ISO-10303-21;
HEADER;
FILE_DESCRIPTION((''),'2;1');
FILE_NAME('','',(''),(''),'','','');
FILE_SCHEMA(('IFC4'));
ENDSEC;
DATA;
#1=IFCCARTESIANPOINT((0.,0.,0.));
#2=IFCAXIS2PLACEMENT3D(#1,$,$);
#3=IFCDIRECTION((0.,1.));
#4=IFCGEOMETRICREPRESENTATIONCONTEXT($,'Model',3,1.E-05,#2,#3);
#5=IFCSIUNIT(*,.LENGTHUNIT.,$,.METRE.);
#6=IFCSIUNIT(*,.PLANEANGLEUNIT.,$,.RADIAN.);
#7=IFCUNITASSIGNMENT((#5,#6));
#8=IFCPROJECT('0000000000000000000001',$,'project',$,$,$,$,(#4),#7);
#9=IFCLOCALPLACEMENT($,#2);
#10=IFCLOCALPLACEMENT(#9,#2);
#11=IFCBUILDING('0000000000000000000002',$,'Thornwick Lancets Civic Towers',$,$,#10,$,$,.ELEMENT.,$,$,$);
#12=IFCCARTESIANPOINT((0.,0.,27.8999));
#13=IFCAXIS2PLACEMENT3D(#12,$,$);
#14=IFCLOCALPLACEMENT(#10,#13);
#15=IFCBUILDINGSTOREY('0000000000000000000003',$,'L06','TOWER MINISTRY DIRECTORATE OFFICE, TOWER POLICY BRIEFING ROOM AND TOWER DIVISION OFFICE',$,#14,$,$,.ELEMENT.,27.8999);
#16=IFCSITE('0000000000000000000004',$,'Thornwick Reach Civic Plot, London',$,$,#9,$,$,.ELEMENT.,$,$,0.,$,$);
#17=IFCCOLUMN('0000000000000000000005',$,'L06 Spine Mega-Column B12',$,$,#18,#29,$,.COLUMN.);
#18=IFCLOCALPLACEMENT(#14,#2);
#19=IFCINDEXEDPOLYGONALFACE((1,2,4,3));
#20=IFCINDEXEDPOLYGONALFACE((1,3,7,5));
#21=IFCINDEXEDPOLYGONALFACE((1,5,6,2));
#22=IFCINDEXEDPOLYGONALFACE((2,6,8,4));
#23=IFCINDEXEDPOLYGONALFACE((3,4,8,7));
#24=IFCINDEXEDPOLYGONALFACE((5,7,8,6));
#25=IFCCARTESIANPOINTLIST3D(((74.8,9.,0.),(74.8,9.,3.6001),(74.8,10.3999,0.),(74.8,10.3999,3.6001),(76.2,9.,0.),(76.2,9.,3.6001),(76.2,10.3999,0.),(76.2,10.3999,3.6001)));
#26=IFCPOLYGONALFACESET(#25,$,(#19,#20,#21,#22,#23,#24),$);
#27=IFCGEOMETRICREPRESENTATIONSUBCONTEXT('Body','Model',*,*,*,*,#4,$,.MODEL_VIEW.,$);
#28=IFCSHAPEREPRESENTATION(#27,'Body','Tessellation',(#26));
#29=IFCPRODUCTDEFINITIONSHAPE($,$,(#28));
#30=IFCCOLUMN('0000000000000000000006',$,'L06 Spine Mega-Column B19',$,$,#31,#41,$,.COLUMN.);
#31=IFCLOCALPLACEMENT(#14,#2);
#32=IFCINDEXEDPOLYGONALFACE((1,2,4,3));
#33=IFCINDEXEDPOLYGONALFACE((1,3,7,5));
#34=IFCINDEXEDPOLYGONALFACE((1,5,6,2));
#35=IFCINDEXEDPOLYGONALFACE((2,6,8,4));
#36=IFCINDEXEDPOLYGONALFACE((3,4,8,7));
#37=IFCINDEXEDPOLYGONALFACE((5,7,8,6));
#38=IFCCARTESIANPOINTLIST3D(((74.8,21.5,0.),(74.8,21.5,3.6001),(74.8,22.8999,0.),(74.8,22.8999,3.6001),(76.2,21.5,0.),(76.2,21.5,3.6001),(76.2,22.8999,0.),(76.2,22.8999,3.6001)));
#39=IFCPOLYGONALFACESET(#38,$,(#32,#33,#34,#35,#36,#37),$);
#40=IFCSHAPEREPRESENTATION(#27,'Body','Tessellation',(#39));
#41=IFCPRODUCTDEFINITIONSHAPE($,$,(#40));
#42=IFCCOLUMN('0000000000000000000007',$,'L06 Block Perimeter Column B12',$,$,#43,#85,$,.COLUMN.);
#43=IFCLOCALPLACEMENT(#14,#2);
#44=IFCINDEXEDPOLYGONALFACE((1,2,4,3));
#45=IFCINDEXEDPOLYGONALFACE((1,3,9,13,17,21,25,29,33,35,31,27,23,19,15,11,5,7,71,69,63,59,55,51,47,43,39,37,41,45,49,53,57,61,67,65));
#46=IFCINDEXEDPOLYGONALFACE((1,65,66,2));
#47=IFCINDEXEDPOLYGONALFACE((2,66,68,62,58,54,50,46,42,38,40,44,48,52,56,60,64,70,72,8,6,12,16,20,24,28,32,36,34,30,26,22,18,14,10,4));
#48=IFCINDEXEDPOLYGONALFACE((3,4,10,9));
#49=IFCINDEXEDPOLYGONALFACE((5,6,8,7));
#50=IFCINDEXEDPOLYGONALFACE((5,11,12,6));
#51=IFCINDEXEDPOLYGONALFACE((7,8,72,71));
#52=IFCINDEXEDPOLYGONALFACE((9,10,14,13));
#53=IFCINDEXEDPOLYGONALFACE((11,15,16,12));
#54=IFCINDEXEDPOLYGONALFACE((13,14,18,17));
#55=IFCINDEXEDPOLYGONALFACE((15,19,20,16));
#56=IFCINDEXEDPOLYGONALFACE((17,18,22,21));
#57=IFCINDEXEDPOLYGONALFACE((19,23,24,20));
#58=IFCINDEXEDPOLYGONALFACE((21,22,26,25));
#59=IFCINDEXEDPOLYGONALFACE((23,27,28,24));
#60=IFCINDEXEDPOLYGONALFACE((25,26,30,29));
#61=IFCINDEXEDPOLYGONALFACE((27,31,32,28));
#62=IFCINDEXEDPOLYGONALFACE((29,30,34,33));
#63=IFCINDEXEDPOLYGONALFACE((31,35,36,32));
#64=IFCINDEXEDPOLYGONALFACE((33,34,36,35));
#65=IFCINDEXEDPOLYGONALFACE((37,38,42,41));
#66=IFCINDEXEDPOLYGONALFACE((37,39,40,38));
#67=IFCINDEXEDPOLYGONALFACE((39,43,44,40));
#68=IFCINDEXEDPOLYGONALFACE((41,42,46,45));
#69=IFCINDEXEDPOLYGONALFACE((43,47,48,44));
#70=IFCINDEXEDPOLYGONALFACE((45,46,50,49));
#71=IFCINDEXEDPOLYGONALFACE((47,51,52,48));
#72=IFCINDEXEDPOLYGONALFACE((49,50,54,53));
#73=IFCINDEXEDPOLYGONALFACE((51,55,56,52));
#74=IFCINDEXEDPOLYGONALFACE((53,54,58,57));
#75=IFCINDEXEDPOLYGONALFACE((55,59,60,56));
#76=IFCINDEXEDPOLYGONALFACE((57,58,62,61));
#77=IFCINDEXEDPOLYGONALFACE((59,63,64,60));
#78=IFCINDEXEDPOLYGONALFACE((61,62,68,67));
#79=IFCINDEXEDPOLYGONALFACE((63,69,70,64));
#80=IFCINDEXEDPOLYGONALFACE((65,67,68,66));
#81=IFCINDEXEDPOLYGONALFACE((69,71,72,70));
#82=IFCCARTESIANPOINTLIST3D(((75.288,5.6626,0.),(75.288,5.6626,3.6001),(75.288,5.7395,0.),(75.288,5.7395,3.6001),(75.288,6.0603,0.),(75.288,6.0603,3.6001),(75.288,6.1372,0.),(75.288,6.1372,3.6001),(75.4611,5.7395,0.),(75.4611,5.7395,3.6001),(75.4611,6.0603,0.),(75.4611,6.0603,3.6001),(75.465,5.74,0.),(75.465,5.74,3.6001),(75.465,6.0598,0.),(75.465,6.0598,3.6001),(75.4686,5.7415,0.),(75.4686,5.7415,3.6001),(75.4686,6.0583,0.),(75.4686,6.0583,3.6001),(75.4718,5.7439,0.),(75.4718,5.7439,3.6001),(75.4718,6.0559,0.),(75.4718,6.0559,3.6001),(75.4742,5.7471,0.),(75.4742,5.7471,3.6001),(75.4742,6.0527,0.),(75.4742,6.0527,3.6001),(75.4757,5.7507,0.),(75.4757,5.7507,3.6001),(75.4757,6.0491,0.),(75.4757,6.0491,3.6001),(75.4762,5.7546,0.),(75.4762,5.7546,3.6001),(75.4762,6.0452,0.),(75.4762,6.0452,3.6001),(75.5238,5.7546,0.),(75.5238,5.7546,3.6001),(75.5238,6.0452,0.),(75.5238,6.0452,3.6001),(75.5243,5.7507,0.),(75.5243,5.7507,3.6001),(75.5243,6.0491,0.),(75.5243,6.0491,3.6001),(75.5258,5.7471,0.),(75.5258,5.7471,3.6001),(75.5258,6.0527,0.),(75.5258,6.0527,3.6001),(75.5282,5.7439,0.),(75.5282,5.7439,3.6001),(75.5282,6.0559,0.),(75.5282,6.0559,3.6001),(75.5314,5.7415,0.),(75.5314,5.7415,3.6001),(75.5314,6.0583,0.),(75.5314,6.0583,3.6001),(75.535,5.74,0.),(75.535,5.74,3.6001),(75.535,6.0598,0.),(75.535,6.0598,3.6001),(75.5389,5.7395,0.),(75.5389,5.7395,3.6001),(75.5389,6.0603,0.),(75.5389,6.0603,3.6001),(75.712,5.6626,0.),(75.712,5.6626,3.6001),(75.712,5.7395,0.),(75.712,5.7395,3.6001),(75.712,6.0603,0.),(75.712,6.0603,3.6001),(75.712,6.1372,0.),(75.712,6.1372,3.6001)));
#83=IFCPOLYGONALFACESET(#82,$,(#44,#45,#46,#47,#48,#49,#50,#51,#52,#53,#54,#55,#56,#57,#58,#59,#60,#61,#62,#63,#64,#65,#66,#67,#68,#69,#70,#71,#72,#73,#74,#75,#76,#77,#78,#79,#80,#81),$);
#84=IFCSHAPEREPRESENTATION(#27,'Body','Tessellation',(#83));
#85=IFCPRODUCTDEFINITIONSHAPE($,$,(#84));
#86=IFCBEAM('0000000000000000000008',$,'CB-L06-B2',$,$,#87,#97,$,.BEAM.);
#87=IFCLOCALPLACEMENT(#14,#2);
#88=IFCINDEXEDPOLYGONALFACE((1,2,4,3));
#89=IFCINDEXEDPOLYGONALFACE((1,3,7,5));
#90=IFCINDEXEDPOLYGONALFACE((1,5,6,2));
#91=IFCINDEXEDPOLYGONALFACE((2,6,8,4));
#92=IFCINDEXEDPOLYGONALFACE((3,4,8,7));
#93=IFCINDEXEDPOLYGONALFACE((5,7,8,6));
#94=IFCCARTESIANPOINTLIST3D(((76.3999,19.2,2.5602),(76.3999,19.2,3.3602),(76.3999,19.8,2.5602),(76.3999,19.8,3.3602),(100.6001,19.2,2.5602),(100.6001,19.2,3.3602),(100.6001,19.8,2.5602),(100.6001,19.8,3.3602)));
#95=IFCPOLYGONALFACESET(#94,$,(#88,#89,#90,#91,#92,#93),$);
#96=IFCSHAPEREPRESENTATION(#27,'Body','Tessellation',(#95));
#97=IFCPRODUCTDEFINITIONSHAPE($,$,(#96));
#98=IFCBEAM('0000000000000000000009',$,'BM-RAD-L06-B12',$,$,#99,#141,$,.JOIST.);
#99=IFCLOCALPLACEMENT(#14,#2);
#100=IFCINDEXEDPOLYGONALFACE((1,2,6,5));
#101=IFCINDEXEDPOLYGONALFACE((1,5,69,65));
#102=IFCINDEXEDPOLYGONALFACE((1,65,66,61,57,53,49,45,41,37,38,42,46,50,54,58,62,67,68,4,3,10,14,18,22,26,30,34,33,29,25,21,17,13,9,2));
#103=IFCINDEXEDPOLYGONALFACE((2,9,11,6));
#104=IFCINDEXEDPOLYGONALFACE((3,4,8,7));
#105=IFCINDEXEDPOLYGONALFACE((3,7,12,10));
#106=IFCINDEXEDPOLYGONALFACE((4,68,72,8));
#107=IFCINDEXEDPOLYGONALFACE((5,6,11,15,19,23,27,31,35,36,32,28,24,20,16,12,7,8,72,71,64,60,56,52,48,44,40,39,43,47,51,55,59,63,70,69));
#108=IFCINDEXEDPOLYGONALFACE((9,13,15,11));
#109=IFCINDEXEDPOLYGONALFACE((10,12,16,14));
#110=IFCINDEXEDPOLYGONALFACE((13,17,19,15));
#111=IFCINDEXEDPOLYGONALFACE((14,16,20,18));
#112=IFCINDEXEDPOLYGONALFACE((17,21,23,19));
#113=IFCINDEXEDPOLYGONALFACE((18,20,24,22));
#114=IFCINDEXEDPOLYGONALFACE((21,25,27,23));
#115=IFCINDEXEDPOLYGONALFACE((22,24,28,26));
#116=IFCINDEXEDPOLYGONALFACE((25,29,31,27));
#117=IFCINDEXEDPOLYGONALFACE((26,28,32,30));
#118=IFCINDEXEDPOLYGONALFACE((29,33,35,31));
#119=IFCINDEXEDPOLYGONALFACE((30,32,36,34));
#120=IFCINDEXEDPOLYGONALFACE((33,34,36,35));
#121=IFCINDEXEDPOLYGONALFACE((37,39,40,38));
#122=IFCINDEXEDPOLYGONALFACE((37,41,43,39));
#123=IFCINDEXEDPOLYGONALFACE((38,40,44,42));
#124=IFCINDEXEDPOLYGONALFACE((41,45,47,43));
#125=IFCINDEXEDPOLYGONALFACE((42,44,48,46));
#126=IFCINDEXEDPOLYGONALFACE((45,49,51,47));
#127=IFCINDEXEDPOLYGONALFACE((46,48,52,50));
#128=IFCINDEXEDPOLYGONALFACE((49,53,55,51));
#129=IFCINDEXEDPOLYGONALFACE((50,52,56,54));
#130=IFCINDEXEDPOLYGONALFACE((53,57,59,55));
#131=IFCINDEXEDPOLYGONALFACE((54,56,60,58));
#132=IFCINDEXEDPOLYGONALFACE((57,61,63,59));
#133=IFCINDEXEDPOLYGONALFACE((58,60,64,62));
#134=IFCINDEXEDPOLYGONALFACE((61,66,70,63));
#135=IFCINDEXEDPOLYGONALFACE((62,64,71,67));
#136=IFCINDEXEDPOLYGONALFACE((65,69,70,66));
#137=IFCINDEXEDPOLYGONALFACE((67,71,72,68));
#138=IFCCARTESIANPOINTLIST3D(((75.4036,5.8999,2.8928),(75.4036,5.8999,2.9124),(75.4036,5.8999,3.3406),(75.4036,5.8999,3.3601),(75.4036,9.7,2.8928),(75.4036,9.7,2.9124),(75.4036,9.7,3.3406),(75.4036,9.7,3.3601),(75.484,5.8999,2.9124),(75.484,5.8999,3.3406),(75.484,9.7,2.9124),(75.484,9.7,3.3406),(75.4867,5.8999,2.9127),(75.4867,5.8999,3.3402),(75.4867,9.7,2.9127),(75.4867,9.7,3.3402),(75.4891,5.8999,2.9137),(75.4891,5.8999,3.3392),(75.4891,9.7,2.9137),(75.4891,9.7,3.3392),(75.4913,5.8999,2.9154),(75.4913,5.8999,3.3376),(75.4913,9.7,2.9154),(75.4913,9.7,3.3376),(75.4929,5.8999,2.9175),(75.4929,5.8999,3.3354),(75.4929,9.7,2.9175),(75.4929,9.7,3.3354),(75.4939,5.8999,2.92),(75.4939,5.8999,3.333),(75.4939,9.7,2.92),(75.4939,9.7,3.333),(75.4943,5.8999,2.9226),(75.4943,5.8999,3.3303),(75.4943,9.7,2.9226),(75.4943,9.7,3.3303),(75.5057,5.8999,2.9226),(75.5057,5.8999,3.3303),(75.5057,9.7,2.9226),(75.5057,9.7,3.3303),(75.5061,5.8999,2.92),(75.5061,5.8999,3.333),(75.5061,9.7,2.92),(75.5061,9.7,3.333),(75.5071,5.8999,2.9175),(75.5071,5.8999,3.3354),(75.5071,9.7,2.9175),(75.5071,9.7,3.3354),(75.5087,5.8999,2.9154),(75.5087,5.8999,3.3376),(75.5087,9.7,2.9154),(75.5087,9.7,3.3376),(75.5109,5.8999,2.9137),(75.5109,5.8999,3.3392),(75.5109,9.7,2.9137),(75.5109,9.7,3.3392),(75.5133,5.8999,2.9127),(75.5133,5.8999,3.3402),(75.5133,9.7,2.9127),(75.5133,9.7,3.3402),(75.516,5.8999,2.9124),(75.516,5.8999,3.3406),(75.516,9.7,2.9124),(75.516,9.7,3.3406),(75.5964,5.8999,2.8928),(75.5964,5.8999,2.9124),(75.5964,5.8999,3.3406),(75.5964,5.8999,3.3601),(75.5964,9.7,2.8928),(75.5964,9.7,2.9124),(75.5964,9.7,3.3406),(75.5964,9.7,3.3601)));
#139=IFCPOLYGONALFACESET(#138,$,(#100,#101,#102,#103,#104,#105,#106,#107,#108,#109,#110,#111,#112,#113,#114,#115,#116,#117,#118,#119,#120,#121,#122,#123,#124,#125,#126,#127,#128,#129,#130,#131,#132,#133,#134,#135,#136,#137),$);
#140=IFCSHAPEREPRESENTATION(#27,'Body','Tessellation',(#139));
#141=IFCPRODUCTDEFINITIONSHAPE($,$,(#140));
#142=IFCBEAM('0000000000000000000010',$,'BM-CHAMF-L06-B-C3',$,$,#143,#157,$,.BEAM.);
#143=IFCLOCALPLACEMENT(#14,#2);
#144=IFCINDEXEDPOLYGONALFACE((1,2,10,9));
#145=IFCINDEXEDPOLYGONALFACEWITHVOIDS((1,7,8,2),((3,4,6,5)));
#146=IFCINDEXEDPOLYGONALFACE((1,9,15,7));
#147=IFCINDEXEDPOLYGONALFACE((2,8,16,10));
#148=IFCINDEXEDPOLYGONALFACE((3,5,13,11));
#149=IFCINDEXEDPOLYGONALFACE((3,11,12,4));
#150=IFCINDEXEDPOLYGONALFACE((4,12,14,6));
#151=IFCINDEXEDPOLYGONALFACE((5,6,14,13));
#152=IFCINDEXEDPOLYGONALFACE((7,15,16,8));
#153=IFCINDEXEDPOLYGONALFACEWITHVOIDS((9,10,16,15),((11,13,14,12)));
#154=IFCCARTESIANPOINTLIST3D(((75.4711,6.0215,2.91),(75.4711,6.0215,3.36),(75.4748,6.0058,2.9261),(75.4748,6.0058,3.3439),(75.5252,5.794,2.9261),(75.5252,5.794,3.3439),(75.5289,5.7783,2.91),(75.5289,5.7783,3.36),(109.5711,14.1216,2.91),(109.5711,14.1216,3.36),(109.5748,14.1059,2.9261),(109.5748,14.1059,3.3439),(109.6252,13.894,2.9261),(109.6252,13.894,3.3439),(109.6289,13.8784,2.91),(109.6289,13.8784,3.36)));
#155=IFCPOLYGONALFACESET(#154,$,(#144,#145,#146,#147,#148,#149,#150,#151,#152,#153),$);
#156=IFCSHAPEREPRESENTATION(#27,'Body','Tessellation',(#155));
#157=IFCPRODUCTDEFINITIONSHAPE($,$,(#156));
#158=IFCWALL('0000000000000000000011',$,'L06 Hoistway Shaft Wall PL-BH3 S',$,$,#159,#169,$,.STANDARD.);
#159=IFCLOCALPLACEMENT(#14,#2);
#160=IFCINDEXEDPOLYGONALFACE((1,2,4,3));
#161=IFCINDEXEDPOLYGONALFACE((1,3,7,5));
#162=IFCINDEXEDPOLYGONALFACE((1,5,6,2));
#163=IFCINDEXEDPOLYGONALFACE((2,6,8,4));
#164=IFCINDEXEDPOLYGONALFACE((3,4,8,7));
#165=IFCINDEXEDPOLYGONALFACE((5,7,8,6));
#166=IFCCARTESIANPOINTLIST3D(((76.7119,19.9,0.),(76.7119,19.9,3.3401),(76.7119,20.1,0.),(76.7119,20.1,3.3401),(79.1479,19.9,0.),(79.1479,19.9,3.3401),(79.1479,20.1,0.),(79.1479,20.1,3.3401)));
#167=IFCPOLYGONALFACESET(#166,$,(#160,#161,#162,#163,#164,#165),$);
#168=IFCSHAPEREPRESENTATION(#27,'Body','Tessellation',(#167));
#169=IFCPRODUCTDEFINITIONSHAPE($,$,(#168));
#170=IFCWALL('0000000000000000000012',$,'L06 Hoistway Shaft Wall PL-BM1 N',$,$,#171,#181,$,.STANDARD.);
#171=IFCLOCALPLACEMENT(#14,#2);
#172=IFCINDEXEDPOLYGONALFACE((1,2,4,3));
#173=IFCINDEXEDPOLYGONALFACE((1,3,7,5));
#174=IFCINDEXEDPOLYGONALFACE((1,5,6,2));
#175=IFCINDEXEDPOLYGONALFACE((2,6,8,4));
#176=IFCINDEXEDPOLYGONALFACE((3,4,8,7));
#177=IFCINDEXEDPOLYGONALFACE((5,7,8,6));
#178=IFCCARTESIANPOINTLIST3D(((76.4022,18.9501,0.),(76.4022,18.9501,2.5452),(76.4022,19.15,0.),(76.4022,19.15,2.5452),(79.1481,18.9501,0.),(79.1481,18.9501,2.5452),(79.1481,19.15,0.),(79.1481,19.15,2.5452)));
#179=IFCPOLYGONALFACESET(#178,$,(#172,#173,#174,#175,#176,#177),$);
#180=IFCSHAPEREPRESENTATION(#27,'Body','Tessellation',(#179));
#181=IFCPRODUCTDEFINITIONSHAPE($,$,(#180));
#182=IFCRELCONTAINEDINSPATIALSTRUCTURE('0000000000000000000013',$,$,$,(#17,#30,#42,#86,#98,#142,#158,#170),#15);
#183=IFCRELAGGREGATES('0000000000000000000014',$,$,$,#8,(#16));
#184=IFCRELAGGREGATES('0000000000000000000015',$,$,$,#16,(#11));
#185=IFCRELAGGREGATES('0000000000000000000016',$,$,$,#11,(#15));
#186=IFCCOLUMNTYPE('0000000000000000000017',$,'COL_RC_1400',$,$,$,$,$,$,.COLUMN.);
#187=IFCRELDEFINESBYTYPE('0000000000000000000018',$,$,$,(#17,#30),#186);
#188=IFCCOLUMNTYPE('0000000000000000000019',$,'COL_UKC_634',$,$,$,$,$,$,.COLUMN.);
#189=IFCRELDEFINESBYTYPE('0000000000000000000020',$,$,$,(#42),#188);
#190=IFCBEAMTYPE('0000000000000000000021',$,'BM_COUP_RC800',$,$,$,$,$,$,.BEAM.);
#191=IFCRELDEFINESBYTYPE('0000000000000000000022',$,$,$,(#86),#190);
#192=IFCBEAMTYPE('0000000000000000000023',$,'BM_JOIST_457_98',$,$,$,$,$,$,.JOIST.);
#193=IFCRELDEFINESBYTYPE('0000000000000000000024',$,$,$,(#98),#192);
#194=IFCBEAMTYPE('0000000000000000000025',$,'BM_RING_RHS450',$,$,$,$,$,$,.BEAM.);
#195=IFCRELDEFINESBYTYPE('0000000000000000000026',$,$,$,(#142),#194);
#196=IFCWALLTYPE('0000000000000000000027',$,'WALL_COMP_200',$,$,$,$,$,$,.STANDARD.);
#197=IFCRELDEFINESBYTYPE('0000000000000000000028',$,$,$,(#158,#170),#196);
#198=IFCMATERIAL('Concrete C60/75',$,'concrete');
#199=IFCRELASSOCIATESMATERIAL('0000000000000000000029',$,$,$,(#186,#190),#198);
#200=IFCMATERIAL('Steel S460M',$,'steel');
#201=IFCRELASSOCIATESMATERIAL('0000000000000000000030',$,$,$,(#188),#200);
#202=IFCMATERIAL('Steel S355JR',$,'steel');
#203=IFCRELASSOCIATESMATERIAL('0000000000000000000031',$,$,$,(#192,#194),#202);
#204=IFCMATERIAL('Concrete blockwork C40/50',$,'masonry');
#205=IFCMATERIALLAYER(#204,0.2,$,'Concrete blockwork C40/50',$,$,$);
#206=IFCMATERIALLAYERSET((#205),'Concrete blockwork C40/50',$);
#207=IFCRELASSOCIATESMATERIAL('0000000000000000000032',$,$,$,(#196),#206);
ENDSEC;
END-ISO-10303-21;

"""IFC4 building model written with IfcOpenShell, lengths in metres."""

from ifc_helpers import new_model, si_unit, direction, frame, frame_2d, origin, origin_2d, place, context, subcontext, project, spatial, rectangle, hollow_rectangle, i_section, extrude, material, layer, layer_set, material_profile, profile_set, type_object, element, save


model = new_model("IFC4")

# Units and contexts
model_context = context("Model", 3, precision=1e-05, world=origin(), true_north=direction((0.0, 1.0)))
body_context = subcontext(model_context, "Body", "Model", "MODEL_VIEW")
ifc_project = project(units=[si_unit("LENGTHUNIT", "METRE"), si_unit("PLANEANGLEUNIT", "RADIAN")], contexts=[model_context])

# Site, building, storey
site_placement = place(None, origin())
site = spatial("IfcSite", under=ifc_project, at=site_placement, Name="Thornwick Reach Civic Plot, London", CompositionType="ELEMENT", RefElevation=0.0)
building_placement = place(site_placement, origin())
building = spatial("IfcBuilding", under=site, at=building_placement, Name="Thornwick Lancets Civic Towers", CompositionType="ELEMENT")
storey_placement = place(building_placement, frame((0.0, 0.0, 27.8999)))
storey = spatial("IfcBuildingStorey", under=building, at=storey_placement, Name="L06", Description="TOWER MINISTRY DIRECTORATE OFFICE, TOWER POLICY BRIEFING ROOM AND TOWER DIVISION OFFICE", CompositionType="ELEMENT", Elevation=27.8999)

# Columns
ifc_material_1 = material(Name="Concrete C60/75", Category="concrete")
ifc_material_profile_1 = material_profile(ifc_material_1, rectangle(XDim=1.3999, YDim=1.3999, at=origin_2d()), Name="RC 1400x1400")
ifc_profile_set_1 = profile_set([ifc_material_profile_1], Name="Concrete C60/75")
column_type_1 = type_object("IfcColumnType", Name="COL_RC_1400", PredefinedType="COLUMN", material=ifc_profile_set_1)
for number, where, z_axis, x_axis, name in (
    (1, (75.5, 9.7, 0.0), (0.0, 0.0, 1.0), (1.0, 0.0, 0.0), "L06 Spine Mega-Column B12"),
    (2, (75.5, 22.2, 0.0), (0.0, 0.0, 1.0), (1.0, 0.0, 0.0), "L06 Spine Mega-Column B19"),
):
    element("IfcColumn", number, at=place(storey_placement, frame(where, z_axis=z_axis, x_axis=x_axis)), inside=storey, type_object=column_type_1, Name=name, PredefinedType="COLUMN", context=body_context, shape_type="SweptSolid", body=[
        extrude(rectangle(XDim=1.3999, YDim=1.3999, at=origin_2d()), origin(), (0.0, 0.0, 1.0), 3.6001),
    ])
ifc_material_2 = material(Name="Steel S460M", Category="steel")
ifc_material_profile_2 = material_profile(ifc_material_2, i_section(OverallWidth=0.4241, OverallDepth=0.4746, WebThickness=0.0476, FlangeThickness=0.0769, FilletRadius=0.0151, at=origin_2d()), Name="UKC 356x406x634")
ifc_profile_set_2 = profile_set([ifc_material_profile_2], Name="Steel S460M")
column_type_2 = type_object("IfcColumnType", Name="COL_UKC_634", PredefinedType="COLUMN", material=ifc_profile_set_2)
column_placement = place(storey_placement, frame((75.5, 5.8999, 0.0), z_axis=(0.0, 0.0, 1.0), x_axis=(1.0, 0.0, 0.0)))
element("IfcColumn", 3, at=column_placement, inside=storey, type_object=column_type_2, Name="L06 Block Perimeter Column B12", PredefinedType="COLUMN", context=body_context, shape_type="SweptSolid", body=[
    extrude(i_section(OverallWidth=0.4241, OverallDepth=0.4746, WebThickness=0.0476, FlangeThickness=0.0769, FilletRadius=0.0151, at=origin_2d()), origin(), (0.0, 0.0, 1.0), 3.6001),
])

# Beams
ifc_material_profile_3 = material_profile(ifc_material_1, rectangle(XDim=0.6001, YDim=0.8, at=origin_2d()), Name="RC 600x800")
ifc_profile_set_3 = profile_set([ifc_material_profile_3], Name="Concrete C60/75")
beam_type_1 = type_object("IfcBeamType", Name="BM_COUP_RC800", PredefinedType="BEAM", material=ifc_profile_set_3)
beam_1_placement = place(storey_placement, frame((76.3999, 19.5, 2.9602), z_axis=(1.0, 0.0, 0.0), x_axis=(0.0, 1.0, 0.0)))
element("IfcBeam", 4, at=beam_1_placement, inside=storey, type_object=beam_type_1, Name="CB-L06-B2", PredefinedType="BEAM", context=body_context, shape_type="SweptSolid", body=[
    extrude(rectangle(XDim=0.6001, YDim=0.8, at=origin_2d()), origin(), (0.0, 0.0, 1.0), 24.2002),
])
ifc_material_3 = material(Name="Steel S355JR", Category="steel")
ifc_material_profile_4 = material_profile(ifc_material_3, i_section(OverallWidth=0.1929, OverallDepth=0.4673, WebThickness=0.0115, FlangeThickness=0.0195, FilletRadius=0.0103, at=origin_2d()), Name="UKB 457x191x98")
ifc_profile_set_4 = profile_set([ifc_material_profile_4], Name="Steel S355JR")
beam_type_2 = type_object("IfcBeamType", Name="BM_JOIST_457_98", PredefinedType="JOIST", material=ifc_profile_set_4)
beam_2_placement = place(storey_placement, frame((75.5, 9.7, 3.1265), z_axis=(0.0, -1.0, 0.0), x_axis=(1.0, 0.0, 0.0)))
element("IfcBeam", 5, at=beam_2_placement, inside=storey, type_object=beam_type_2, Name="BM-RAD-L06-B12", PredefinedType="JOIST", context=body_context, shape_type="SweptSolid", body=[
    extrude(i_section(OverallWidth=0.1929, OverallDepth=0.4673, WebThickness=0.0115, FlangeThickness=0.0195, FilletRadius=0.0103, at=origin_2d()), origin(), (0.0, 0.0, 1.0), 3.8),
])
ifc_material_profile_5 = material_profile(ifc_material_3, hollow_rectangle(XDim=0.25, YDim=0.45, WallThickness=0.0161, at=origin_2d()), Name="RHS 450x250x16")
ifc_profile_set_5 = profile_set([ifc_material_profile_5], Name="Steel S355JR")
beam_type_3 = type_object("IfcBeamType", Name="BM_RING_RHS450", PredefinedType="BEAM", material=ifc_profile_set_5)
beam_3_placement = place(storey_placement, frame((75.5, 5.8999, 3.135), z_axis=(0.972928, 0.231108, 0.0), x_axis=(-0.231108, 0.972928, 0.0)))
element("IfcBeam", 6, at=beam_3_placement, inside=storey, type_object=beam_type_3, Name="BM-CHAMF-L06-B-C3", PredefinedType="BEAM", context=body_context, shape_type="SweptSolid", body=[
    extrude(hollow_rectangle(XDim=0.25, YDim=0.45, WallThickness=0.0161, at=origin_2d()), origin(), (0.0, 0.0, 1.0), 35.0488),
])

# Walls
ifc_material_4 = material(Name="Concrete blockwork C40/50", Category="masonry")
ifc_layer_1 = layer(ifc_material_4, 0.2, Name="Concrete blockwork C40/50")
ifc_layer_set_1 = layer_set([ifc_layer_1], Name="Concrete blockwork C40/50")
wall_type_1 = type_object("IfcWallType", Name="WALL_COMP_200", PredefinedType="STANDARD", material=ifc_layer_set_1)
wall_1_placement = place(storey_placement, frame((76.7119, 20.0, 0.0), z_axis=(0.0, 0.0, 1.0), x_axis=(1.0, 0.0, 0.0)))
element("IfcWall", 7, at=wall_1_placement, inside=storey, type_object=wall_type_1, Name="L06 Hoistway Shaft Wall PL-BH3 S", PredefinedType="STANDARD", context=body_context, shape_type="SweptSolid", body=[
    extrude(rectangle(XDim=2.436, YDim=0.2, at=frame_2d((1.218, 0.0))), origin(), (0.0, 0.0, 1.0), 3.3401),
])
wall_2_placement = place(storey_placement, frame((76.4021, 19.05, 0.0), z_axis=(0.0, 0.0, 1.0), x_axis=(1.0, 0.0, 0.0)))
element("IfcWall", 8, at=wall_2_placement, inside=storey, type_object=wall_type_1, Name="L06 Hoistway Shaft Wall PL-BM1 N", PredefinedType="STANDARD", context=body_context, shape_type="SweptSolid", body=[
    extrude(rectangle(XDim=2.7458, YDim=0.2, at=frame_2d((1.373, 0.0))), origin(), (0.0, 0.0, 1.0), 2.5452),
])

save(model, "model.ifc")
